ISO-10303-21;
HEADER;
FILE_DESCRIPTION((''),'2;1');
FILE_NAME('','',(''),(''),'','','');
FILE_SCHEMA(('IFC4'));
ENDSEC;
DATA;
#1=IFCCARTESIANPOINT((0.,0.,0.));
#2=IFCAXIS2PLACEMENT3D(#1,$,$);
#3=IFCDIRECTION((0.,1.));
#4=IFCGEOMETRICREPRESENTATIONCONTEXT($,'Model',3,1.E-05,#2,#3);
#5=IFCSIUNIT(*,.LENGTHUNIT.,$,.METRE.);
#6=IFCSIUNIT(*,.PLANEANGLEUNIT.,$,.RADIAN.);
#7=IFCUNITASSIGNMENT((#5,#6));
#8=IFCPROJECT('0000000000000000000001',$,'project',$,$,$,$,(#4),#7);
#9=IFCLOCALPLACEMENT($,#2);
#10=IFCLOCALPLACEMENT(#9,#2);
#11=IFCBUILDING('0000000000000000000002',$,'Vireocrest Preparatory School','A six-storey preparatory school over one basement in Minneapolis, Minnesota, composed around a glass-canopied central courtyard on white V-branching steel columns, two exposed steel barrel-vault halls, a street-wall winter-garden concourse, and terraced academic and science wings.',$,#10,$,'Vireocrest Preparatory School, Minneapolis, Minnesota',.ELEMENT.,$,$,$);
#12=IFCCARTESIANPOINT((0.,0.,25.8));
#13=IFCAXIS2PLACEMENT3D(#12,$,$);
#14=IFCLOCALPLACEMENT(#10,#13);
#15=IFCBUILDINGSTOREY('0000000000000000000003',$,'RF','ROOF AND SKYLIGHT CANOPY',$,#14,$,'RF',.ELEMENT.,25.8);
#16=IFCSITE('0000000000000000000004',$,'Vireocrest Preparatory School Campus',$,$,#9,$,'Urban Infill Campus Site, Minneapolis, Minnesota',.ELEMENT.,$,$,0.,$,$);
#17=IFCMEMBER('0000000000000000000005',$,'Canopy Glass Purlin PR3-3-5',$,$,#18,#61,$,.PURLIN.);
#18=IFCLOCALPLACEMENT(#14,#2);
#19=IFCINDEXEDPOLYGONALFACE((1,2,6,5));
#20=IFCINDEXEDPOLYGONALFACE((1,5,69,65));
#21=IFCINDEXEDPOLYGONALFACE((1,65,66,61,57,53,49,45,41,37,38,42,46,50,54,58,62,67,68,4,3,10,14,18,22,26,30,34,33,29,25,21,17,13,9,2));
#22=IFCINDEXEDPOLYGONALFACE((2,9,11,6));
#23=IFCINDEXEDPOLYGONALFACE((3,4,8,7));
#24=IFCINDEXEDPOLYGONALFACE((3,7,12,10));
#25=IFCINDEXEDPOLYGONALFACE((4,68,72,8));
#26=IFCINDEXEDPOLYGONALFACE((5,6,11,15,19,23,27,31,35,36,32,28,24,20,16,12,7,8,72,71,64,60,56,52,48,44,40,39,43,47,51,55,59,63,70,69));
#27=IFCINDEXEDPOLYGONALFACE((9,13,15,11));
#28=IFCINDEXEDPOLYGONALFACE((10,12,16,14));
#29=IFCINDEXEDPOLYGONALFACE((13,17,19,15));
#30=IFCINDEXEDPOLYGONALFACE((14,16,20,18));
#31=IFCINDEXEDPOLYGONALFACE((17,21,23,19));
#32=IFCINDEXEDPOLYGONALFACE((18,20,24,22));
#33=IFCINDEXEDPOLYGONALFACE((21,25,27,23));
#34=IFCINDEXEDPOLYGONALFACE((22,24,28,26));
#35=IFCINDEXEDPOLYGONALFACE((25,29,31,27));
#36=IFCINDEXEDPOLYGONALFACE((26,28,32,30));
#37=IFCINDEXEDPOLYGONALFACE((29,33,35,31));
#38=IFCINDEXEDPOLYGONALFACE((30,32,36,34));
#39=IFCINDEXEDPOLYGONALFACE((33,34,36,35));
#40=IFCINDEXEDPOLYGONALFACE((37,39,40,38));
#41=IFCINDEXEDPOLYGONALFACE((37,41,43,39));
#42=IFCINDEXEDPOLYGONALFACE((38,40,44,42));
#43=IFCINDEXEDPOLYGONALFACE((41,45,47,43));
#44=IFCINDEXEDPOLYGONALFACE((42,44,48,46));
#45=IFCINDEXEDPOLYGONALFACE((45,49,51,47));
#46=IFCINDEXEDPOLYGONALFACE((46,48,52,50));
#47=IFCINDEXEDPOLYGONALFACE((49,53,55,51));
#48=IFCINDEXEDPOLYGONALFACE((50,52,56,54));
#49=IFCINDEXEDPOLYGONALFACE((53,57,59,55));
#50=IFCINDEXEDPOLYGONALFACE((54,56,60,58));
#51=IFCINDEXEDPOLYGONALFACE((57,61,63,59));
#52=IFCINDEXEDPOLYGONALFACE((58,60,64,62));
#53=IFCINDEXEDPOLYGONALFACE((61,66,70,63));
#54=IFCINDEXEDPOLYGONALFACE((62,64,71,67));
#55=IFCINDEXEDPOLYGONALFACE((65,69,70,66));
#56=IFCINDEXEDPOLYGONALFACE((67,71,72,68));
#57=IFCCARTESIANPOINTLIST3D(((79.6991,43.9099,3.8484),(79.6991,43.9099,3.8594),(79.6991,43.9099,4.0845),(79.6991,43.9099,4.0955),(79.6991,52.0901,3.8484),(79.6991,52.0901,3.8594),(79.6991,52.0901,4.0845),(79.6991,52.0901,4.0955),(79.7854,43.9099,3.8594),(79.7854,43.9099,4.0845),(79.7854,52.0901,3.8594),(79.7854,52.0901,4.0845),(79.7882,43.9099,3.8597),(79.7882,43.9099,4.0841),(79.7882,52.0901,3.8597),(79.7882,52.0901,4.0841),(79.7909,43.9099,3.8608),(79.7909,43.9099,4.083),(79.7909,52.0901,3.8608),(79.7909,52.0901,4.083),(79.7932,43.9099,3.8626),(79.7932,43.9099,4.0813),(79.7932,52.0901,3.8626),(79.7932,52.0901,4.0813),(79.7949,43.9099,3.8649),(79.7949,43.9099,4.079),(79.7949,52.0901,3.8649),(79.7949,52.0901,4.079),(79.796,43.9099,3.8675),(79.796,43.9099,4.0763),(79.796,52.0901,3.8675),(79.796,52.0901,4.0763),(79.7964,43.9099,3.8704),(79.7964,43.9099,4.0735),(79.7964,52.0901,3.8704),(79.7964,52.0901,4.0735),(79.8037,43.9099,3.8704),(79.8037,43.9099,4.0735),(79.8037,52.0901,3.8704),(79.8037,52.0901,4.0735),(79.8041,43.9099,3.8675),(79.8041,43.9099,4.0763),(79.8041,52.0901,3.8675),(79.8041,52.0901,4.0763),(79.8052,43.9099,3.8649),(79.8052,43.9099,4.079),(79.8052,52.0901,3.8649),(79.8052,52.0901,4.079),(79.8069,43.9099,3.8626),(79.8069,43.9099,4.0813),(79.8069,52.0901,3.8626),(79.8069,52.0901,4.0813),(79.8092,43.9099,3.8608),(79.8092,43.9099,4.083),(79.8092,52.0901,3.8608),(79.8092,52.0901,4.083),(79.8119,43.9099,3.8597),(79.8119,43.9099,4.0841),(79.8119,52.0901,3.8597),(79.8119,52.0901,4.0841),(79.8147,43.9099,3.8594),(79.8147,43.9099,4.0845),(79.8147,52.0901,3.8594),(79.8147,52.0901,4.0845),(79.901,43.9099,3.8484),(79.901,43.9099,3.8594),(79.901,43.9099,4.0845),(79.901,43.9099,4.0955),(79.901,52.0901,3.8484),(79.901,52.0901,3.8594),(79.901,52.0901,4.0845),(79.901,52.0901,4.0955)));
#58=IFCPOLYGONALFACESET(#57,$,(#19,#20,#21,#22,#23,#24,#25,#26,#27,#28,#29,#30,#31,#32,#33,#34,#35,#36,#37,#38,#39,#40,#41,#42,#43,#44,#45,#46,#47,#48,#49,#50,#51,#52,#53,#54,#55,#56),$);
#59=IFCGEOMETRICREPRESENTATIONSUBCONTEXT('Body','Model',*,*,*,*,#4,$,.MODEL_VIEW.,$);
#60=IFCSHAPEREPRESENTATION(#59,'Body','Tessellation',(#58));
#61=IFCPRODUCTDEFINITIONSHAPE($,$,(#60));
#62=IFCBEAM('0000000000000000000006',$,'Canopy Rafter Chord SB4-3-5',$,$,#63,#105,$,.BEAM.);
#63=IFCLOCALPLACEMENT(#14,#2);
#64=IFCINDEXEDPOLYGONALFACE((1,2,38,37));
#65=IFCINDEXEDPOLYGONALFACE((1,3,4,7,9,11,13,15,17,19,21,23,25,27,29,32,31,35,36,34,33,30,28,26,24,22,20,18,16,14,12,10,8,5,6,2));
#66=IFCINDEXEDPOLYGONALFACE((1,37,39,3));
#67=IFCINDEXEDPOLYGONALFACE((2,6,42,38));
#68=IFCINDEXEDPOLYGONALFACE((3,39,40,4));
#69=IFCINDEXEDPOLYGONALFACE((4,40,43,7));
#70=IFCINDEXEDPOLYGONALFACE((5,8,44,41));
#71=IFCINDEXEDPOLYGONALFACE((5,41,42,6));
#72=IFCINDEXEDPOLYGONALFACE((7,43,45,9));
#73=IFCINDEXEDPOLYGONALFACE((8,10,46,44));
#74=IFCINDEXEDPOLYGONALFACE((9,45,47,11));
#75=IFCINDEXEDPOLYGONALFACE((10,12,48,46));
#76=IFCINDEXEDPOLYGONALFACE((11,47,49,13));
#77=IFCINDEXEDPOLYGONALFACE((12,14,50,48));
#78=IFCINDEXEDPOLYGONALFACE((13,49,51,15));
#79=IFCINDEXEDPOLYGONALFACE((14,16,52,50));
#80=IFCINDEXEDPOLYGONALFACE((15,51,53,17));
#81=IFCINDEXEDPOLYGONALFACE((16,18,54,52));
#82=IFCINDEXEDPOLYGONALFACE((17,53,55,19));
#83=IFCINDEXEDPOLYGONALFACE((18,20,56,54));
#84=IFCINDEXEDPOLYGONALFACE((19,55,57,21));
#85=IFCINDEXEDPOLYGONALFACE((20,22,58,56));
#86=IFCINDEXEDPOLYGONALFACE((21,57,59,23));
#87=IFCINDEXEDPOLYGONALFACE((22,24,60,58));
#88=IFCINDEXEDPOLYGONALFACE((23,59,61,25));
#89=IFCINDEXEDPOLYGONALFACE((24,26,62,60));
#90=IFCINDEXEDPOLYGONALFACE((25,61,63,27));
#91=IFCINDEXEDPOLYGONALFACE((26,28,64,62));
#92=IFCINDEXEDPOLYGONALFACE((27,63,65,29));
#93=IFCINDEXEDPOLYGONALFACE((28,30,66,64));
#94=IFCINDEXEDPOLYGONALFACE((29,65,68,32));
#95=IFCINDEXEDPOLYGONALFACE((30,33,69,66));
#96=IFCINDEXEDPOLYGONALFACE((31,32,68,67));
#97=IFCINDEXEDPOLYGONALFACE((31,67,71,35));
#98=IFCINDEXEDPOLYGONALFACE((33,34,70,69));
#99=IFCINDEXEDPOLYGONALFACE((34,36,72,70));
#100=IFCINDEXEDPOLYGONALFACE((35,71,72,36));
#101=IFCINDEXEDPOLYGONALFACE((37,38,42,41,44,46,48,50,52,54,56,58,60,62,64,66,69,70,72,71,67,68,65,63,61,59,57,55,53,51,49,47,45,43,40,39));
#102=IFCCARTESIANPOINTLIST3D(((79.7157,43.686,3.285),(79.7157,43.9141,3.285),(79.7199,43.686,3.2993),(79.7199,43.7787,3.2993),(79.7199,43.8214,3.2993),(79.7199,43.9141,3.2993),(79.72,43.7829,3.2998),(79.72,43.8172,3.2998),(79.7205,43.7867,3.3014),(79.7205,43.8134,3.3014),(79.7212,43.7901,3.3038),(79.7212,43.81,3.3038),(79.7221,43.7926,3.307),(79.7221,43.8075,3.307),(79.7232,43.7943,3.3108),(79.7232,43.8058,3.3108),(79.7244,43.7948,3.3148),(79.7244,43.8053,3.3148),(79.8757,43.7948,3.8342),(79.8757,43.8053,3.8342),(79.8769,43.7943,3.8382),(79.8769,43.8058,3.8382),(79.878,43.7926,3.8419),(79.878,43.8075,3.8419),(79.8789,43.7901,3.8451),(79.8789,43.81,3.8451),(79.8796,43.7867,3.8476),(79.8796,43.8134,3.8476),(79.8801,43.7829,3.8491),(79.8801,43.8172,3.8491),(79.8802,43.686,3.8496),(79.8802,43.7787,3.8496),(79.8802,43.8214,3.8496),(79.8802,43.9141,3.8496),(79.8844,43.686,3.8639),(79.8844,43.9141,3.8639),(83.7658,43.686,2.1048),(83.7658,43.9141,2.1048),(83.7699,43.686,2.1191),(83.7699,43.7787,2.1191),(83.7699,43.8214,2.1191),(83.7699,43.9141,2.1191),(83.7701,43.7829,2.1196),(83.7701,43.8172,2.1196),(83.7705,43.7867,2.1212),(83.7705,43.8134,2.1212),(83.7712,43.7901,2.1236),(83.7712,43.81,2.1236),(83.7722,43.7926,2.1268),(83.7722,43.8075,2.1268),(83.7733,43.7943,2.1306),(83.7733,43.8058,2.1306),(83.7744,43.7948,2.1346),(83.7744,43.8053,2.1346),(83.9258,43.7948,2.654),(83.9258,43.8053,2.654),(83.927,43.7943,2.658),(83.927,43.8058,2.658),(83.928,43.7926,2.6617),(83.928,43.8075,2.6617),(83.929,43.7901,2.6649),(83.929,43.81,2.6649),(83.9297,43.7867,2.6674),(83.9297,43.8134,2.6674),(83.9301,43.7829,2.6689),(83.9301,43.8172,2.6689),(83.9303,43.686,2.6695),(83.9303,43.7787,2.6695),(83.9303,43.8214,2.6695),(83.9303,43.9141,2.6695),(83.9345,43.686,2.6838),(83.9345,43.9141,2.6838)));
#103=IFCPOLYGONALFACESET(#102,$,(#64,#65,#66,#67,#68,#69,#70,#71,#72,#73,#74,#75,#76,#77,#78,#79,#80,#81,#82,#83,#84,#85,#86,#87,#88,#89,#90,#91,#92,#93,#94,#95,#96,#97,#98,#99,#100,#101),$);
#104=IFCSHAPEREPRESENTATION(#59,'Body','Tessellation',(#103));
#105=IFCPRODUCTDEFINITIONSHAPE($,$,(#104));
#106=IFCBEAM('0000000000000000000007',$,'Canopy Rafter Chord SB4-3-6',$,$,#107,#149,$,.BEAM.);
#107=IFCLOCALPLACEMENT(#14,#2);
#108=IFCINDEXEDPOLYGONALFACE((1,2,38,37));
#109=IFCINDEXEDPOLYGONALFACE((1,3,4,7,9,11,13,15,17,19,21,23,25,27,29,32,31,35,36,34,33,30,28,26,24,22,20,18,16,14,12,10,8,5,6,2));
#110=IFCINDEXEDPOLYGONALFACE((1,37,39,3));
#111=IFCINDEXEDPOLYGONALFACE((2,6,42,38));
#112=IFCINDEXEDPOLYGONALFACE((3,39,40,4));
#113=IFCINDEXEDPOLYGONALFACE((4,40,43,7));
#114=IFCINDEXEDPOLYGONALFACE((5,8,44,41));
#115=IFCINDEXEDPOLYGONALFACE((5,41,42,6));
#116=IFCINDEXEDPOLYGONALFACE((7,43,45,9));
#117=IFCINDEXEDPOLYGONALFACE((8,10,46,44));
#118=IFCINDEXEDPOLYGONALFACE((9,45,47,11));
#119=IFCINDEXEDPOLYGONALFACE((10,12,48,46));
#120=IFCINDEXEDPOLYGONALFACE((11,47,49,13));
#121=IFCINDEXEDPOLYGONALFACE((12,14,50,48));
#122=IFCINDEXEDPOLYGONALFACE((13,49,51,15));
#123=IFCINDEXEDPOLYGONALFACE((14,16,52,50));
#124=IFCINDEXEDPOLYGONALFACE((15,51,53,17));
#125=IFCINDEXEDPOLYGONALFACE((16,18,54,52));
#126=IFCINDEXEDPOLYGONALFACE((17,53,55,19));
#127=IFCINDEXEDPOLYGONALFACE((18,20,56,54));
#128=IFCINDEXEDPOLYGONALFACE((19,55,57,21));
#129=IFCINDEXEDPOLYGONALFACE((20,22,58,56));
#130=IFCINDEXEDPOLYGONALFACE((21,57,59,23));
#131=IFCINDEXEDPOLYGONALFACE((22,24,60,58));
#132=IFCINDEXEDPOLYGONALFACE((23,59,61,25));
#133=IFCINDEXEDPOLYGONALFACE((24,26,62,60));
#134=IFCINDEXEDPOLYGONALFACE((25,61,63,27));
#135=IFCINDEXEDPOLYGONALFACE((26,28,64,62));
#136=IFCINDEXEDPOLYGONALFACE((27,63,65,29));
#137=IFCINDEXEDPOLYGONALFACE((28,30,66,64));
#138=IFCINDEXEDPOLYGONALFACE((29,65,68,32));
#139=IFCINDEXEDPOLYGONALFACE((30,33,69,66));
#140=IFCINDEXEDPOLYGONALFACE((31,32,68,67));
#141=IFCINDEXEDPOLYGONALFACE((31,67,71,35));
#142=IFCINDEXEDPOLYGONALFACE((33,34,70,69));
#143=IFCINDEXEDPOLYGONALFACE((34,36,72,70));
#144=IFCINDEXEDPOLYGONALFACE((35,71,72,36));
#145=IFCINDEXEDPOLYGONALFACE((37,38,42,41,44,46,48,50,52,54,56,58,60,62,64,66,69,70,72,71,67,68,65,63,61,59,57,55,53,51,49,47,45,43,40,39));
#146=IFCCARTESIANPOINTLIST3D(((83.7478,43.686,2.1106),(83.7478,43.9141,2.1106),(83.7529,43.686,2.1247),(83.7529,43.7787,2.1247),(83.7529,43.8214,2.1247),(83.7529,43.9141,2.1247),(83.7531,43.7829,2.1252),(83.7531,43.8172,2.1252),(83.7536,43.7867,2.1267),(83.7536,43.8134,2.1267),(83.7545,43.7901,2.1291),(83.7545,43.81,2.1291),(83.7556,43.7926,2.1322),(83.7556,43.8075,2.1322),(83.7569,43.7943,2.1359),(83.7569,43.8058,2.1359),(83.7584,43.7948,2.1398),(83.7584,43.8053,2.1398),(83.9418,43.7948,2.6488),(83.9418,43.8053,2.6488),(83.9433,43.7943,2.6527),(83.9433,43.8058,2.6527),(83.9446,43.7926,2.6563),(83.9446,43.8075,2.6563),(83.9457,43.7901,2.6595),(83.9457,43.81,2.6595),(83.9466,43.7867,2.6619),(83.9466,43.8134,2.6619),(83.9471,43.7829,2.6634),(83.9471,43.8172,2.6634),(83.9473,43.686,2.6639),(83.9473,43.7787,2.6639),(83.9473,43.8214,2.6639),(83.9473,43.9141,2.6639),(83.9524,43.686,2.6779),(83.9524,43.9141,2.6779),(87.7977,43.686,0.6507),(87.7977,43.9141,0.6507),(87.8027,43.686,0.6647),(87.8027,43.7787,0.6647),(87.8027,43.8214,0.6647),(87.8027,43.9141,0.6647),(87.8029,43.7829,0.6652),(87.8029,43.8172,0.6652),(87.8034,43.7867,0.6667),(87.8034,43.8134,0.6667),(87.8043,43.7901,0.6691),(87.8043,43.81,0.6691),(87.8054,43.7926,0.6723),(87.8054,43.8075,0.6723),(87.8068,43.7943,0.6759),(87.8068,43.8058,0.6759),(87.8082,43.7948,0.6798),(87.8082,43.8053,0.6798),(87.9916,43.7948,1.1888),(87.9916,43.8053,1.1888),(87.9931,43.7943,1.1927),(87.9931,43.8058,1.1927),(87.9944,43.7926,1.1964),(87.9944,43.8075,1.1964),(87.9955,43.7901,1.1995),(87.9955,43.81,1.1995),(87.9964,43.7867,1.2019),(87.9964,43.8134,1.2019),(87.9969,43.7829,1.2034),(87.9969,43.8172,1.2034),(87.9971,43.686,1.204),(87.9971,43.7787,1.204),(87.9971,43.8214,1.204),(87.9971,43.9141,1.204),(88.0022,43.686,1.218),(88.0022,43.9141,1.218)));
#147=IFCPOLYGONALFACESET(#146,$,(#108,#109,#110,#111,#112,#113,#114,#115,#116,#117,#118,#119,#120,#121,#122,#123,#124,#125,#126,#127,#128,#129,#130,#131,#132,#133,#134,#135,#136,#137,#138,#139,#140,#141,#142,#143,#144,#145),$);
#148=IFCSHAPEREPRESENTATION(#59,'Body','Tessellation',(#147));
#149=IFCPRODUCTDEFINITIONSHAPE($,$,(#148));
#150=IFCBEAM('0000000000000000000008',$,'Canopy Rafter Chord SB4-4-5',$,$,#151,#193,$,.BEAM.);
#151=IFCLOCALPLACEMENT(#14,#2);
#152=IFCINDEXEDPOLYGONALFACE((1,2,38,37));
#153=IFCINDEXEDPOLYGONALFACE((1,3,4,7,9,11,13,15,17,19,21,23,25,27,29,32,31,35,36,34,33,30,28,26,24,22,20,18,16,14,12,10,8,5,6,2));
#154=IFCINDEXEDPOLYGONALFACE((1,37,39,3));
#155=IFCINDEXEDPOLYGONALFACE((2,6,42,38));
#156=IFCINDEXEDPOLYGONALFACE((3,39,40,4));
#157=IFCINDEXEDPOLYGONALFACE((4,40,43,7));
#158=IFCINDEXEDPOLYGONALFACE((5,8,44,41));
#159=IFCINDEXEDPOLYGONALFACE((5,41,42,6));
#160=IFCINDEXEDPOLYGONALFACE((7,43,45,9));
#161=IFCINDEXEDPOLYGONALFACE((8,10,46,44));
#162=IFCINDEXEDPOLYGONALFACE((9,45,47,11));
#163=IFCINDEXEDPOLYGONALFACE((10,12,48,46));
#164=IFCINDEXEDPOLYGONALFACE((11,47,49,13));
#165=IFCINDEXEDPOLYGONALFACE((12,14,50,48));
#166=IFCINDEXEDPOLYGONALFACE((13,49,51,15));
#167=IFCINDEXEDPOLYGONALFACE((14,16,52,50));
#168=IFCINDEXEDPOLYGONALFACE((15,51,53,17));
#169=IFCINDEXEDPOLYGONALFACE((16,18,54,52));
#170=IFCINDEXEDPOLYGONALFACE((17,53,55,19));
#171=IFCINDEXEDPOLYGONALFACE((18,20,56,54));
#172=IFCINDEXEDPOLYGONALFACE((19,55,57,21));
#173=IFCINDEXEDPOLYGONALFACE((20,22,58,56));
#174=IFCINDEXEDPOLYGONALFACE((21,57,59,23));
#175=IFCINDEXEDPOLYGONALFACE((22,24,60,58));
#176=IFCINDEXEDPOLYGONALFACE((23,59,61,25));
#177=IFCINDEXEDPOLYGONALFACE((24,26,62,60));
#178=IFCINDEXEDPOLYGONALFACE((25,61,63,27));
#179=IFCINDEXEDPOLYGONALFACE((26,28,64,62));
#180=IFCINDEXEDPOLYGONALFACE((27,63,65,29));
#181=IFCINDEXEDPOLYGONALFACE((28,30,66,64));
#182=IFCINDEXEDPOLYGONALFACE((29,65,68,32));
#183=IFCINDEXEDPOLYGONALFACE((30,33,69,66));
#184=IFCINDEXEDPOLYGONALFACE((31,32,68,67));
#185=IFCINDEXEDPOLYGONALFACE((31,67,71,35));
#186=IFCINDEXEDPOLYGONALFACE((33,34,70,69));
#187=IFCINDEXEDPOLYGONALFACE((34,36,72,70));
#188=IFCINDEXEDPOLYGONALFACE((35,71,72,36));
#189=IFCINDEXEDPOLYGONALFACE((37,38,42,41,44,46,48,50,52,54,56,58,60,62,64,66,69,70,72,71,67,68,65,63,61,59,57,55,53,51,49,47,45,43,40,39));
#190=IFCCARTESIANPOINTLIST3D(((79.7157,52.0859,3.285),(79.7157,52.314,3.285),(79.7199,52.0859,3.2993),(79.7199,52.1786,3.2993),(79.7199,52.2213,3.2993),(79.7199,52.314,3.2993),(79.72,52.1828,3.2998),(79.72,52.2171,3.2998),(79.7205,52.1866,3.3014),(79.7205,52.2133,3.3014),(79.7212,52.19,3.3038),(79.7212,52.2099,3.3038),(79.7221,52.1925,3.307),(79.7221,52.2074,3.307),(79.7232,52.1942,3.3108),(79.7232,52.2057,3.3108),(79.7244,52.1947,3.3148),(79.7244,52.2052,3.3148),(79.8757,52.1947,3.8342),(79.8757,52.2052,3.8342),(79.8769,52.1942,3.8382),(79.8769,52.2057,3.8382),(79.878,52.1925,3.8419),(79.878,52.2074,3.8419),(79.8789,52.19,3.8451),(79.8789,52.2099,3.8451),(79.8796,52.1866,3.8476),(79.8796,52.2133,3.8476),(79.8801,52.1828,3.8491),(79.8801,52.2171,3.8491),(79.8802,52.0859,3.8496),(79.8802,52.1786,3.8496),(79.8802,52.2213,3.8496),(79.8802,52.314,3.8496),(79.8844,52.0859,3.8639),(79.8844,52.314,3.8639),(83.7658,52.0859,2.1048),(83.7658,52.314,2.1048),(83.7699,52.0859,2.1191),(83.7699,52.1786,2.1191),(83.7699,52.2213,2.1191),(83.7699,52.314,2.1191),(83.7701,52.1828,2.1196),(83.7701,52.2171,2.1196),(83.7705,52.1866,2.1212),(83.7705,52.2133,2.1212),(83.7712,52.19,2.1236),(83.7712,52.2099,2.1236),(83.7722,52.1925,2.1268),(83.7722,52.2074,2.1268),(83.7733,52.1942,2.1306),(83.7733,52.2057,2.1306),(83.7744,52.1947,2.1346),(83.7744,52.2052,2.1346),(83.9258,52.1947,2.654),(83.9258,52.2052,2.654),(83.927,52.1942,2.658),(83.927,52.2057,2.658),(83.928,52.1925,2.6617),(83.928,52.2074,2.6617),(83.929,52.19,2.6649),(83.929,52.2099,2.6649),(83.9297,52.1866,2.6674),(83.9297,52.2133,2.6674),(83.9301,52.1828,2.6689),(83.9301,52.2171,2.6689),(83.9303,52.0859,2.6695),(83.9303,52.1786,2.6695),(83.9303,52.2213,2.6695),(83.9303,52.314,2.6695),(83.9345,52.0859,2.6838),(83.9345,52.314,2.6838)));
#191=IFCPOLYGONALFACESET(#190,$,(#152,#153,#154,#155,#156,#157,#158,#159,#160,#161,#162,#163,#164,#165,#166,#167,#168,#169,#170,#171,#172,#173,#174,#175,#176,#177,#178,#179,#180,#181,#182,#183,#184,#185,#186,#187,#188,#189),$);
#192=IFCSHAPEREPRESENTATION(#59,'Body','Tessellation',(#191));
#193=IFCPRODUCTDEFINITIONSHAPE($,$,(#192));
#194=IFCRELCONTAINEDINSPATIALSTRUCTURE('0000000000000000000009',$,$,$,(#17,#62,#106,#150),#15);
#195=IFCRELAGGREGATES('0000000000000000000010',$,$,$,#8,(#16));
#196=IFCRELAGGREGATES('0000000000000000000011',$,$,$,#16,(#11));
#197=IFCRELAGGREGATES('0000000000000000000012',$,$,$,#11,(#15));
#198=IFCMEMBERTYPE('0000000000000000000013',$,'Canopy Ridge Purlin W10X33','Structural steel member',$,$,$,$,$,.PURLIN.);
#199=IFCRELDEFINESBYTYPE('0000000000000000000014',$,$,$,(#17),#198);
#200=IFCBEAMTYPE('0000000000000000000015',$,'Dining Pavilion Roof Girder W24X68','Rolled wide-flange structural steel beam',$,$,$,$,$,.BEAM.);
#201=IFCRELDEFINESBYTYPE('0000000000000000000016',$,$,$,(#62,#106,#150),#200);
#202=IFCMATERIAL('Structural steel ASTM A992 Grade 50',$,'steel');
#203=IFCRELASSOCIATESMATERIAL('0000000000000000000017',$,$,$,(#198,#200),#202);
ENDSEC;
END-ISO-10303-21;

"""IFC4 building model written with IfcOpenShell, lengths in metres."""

from ifc_helpers import new_model, si_unit, direction, frame, origin, origin_2d, place, context, subcontext, project, spatial, i_section, extrude, material, material_profile, profile_set, type_object, element, save


model = new_model("IFC4")

# Units and contexts
model_context = context("Model", 3, precision=1e-05, world=origin(), true_north=direction((0.0, 1.0)))
body_context = subcontext(model_context, "Body", "Model", "MODEL_VIEW")
ifc_project = project(units=[si_unit("LENGTHUNIT", "METRE"), si_unit("PLANEANGLEUNIT", "RADIAN")], contexts=[model_context])

# Site, building, storey
site_placement = place(None, origin())
site = spatial("IfcSite", under=ifc_project, at=site_placement, Name="Vireocrest Preparatory School Campus", LongName="Urban Infill Campus Site, Minneapolis, Minnesota", CompositionType="ELEMENT", RefElevation=0.0)
building_placement = place(site_placement, origin())
building = spatial("IfcBuilding", under=site, at=building_placement, Name="Vireocrest Preparatory School", Description="A six-storey preparatory school over one basement in Minneapolis, Minnesota, composed around a glass-canopied central courtyard on white V-branching steel columns, two exposed steel barrel-vault halls, a street-wall winter-garden concourse, and terraced academic and science wings.", LongName="Vireocrest Preparatory School, Minneapolis, Minnesota", CompositionType="ELEMENT")
storey_placement = place(building_placement, frame((0.0, 0.0, 25.8)))
storey = spatial("IfcBuildingStorey", under=building, at=storey_placement, Name="RF", Description="ROOF AND SKYLIGHT CANOPY", LongName="RF", CompositionType="ELEMENT", Elevation=25.8)

# Member
ifc_material_1 = material(Name="Structural steel ASTM A992 Grade 50", Category="steel")
ifc_material_profile_1 = material_profile(ifc_material_1, i_section(OverallWidth=0.2019, OverallDepth=0.2471, WebThickness=0.0073, FlangeThickness=0.011, FilletRadius=0.011, at=origin_2d()), Name="W10X33")
ifc_profile_set_1 = profile_set([ifc_material_profile_1], Name="Structural steel ASTM A992 Grade 50")
member_type_1 = type_object("IfcMemberType", Name="Canopy Ridge Purlin W10X33", Description="Structural steel member", PredefinedType="PURLIN", material=ifc_profile_set_1)
member_1_placement = place(storey_placement, frame((79.8, 43.9099, 3.9719), z_axis=(0.0, 1.0, 0.0), x_axis=(-1.0, 0.0, 0.0)))
element("IfcMember", 1, at=member_1_placement, inside=storey, type_object=member_type_1, Name="Canopy Glass Purlin PR3-3-5", PredefinedType="PURLIN", context=body_context, shape_type="SweptSolid", body=[
    extrude(i_section(OverallWidth=0.2019, OverallDepth=0.2471, WebThickness=0.0073, FlangeThickness=0.011, FilletRadius=0.011, at=origin_2d()), origin(), (0.0, 0.0, 1.0), 8.1802),
])

# Beams
ifc_material_profile_2 = material_profile(ifc_material_1, i_section(OverallWidth=0.228, OverallDepth=0.603, WebThickness=0.0105, FlangeThickness=0.0149, FilletRadius=0.0161, at=origin_2d()), Name="W24X68")
ifc_profile_set_2 = profile_set([ifc_material_profile_2], Name="Structural steel ASTM A992 Grade 50")
beam_type = type_object("IfcBeamType", Name="Dining Pavilion Roof Girder W24X68", Description="Rolled wide-flange structural steel beam", PredefinedType="BEAM", material=ifc_profile_set_2)
beam_1_placement = place(storey_placement, frame((79.8, 43.8, 3.5745), z_axis=(0.960069, 0.0, -0.279762), x_axis=(0.0, 1.0, 0.0)))
element("IfcBeam", 2, at=beam_1_placement, inside=storey, type_object=beam_type, Name="Canopy Rafter Chord SB4-3-5", PredefinedType="BEAM", context=body_context, shape_type="SweptSolid", body=[
    extrude(i_section(OverallWidth=0.228, OverallDepth=0.603, WebThickness=0.0105, FlangeThickness=0.0149, FilletRadius=0.0161, at=origin_2d()), origin(), (0.0, 0.0, 1.0), 4.2185),
])
beam_2_placement = place(storey_placement, frame((83.8501, 43.8, 2.3943), z_axis=(0.940737, 0.0, -0.339137), x_axis=(0.0, 1.0, 0.0)))
element("IfcBeam", 3, at=beam_2_placement, inside=storey, type_object=beam_type, Name="Canopy Rafter Chord SB4-3-6", PredefinedType="BEAM", context=body_context, shape_type="SweptSolid", body=[
    extrude(i_section(OverallWidth=0.228, OverallDepth=0.603, WebThickness=0.0105, FlangeThickness=0.0149, FilletRadius=0.0161, at=origin_2d()), origin(), (0.0, 0.0, 1.0), 4.3049),
])
beam_3_placement = place(storey_placement, frame((79.8, 52.2, 3.5745), z_axis=(0.960069, 0.0, -0.279762), x_axis=(0.0, 1.0, 0.0)))
element("IfcBeam", 4, at=beam_3_placement, inside=storey, type_object=beam_type, Name="Canopy Rafter Chord SB4-4-5", PredefinedType="BEAM", context=body_context, shape_type="SweptSolid", body=[
    extrude(i_section(OverallWidth=0.228, OverallDepth=0.603, WebThickness=0.0105, FlangeThickness=0.0149, FilletRadius=0.0161, at=origin_2d()), origin(), (0.0, 0.0, 1.0), 4.2185),
])

save(model, "model.ifc")
